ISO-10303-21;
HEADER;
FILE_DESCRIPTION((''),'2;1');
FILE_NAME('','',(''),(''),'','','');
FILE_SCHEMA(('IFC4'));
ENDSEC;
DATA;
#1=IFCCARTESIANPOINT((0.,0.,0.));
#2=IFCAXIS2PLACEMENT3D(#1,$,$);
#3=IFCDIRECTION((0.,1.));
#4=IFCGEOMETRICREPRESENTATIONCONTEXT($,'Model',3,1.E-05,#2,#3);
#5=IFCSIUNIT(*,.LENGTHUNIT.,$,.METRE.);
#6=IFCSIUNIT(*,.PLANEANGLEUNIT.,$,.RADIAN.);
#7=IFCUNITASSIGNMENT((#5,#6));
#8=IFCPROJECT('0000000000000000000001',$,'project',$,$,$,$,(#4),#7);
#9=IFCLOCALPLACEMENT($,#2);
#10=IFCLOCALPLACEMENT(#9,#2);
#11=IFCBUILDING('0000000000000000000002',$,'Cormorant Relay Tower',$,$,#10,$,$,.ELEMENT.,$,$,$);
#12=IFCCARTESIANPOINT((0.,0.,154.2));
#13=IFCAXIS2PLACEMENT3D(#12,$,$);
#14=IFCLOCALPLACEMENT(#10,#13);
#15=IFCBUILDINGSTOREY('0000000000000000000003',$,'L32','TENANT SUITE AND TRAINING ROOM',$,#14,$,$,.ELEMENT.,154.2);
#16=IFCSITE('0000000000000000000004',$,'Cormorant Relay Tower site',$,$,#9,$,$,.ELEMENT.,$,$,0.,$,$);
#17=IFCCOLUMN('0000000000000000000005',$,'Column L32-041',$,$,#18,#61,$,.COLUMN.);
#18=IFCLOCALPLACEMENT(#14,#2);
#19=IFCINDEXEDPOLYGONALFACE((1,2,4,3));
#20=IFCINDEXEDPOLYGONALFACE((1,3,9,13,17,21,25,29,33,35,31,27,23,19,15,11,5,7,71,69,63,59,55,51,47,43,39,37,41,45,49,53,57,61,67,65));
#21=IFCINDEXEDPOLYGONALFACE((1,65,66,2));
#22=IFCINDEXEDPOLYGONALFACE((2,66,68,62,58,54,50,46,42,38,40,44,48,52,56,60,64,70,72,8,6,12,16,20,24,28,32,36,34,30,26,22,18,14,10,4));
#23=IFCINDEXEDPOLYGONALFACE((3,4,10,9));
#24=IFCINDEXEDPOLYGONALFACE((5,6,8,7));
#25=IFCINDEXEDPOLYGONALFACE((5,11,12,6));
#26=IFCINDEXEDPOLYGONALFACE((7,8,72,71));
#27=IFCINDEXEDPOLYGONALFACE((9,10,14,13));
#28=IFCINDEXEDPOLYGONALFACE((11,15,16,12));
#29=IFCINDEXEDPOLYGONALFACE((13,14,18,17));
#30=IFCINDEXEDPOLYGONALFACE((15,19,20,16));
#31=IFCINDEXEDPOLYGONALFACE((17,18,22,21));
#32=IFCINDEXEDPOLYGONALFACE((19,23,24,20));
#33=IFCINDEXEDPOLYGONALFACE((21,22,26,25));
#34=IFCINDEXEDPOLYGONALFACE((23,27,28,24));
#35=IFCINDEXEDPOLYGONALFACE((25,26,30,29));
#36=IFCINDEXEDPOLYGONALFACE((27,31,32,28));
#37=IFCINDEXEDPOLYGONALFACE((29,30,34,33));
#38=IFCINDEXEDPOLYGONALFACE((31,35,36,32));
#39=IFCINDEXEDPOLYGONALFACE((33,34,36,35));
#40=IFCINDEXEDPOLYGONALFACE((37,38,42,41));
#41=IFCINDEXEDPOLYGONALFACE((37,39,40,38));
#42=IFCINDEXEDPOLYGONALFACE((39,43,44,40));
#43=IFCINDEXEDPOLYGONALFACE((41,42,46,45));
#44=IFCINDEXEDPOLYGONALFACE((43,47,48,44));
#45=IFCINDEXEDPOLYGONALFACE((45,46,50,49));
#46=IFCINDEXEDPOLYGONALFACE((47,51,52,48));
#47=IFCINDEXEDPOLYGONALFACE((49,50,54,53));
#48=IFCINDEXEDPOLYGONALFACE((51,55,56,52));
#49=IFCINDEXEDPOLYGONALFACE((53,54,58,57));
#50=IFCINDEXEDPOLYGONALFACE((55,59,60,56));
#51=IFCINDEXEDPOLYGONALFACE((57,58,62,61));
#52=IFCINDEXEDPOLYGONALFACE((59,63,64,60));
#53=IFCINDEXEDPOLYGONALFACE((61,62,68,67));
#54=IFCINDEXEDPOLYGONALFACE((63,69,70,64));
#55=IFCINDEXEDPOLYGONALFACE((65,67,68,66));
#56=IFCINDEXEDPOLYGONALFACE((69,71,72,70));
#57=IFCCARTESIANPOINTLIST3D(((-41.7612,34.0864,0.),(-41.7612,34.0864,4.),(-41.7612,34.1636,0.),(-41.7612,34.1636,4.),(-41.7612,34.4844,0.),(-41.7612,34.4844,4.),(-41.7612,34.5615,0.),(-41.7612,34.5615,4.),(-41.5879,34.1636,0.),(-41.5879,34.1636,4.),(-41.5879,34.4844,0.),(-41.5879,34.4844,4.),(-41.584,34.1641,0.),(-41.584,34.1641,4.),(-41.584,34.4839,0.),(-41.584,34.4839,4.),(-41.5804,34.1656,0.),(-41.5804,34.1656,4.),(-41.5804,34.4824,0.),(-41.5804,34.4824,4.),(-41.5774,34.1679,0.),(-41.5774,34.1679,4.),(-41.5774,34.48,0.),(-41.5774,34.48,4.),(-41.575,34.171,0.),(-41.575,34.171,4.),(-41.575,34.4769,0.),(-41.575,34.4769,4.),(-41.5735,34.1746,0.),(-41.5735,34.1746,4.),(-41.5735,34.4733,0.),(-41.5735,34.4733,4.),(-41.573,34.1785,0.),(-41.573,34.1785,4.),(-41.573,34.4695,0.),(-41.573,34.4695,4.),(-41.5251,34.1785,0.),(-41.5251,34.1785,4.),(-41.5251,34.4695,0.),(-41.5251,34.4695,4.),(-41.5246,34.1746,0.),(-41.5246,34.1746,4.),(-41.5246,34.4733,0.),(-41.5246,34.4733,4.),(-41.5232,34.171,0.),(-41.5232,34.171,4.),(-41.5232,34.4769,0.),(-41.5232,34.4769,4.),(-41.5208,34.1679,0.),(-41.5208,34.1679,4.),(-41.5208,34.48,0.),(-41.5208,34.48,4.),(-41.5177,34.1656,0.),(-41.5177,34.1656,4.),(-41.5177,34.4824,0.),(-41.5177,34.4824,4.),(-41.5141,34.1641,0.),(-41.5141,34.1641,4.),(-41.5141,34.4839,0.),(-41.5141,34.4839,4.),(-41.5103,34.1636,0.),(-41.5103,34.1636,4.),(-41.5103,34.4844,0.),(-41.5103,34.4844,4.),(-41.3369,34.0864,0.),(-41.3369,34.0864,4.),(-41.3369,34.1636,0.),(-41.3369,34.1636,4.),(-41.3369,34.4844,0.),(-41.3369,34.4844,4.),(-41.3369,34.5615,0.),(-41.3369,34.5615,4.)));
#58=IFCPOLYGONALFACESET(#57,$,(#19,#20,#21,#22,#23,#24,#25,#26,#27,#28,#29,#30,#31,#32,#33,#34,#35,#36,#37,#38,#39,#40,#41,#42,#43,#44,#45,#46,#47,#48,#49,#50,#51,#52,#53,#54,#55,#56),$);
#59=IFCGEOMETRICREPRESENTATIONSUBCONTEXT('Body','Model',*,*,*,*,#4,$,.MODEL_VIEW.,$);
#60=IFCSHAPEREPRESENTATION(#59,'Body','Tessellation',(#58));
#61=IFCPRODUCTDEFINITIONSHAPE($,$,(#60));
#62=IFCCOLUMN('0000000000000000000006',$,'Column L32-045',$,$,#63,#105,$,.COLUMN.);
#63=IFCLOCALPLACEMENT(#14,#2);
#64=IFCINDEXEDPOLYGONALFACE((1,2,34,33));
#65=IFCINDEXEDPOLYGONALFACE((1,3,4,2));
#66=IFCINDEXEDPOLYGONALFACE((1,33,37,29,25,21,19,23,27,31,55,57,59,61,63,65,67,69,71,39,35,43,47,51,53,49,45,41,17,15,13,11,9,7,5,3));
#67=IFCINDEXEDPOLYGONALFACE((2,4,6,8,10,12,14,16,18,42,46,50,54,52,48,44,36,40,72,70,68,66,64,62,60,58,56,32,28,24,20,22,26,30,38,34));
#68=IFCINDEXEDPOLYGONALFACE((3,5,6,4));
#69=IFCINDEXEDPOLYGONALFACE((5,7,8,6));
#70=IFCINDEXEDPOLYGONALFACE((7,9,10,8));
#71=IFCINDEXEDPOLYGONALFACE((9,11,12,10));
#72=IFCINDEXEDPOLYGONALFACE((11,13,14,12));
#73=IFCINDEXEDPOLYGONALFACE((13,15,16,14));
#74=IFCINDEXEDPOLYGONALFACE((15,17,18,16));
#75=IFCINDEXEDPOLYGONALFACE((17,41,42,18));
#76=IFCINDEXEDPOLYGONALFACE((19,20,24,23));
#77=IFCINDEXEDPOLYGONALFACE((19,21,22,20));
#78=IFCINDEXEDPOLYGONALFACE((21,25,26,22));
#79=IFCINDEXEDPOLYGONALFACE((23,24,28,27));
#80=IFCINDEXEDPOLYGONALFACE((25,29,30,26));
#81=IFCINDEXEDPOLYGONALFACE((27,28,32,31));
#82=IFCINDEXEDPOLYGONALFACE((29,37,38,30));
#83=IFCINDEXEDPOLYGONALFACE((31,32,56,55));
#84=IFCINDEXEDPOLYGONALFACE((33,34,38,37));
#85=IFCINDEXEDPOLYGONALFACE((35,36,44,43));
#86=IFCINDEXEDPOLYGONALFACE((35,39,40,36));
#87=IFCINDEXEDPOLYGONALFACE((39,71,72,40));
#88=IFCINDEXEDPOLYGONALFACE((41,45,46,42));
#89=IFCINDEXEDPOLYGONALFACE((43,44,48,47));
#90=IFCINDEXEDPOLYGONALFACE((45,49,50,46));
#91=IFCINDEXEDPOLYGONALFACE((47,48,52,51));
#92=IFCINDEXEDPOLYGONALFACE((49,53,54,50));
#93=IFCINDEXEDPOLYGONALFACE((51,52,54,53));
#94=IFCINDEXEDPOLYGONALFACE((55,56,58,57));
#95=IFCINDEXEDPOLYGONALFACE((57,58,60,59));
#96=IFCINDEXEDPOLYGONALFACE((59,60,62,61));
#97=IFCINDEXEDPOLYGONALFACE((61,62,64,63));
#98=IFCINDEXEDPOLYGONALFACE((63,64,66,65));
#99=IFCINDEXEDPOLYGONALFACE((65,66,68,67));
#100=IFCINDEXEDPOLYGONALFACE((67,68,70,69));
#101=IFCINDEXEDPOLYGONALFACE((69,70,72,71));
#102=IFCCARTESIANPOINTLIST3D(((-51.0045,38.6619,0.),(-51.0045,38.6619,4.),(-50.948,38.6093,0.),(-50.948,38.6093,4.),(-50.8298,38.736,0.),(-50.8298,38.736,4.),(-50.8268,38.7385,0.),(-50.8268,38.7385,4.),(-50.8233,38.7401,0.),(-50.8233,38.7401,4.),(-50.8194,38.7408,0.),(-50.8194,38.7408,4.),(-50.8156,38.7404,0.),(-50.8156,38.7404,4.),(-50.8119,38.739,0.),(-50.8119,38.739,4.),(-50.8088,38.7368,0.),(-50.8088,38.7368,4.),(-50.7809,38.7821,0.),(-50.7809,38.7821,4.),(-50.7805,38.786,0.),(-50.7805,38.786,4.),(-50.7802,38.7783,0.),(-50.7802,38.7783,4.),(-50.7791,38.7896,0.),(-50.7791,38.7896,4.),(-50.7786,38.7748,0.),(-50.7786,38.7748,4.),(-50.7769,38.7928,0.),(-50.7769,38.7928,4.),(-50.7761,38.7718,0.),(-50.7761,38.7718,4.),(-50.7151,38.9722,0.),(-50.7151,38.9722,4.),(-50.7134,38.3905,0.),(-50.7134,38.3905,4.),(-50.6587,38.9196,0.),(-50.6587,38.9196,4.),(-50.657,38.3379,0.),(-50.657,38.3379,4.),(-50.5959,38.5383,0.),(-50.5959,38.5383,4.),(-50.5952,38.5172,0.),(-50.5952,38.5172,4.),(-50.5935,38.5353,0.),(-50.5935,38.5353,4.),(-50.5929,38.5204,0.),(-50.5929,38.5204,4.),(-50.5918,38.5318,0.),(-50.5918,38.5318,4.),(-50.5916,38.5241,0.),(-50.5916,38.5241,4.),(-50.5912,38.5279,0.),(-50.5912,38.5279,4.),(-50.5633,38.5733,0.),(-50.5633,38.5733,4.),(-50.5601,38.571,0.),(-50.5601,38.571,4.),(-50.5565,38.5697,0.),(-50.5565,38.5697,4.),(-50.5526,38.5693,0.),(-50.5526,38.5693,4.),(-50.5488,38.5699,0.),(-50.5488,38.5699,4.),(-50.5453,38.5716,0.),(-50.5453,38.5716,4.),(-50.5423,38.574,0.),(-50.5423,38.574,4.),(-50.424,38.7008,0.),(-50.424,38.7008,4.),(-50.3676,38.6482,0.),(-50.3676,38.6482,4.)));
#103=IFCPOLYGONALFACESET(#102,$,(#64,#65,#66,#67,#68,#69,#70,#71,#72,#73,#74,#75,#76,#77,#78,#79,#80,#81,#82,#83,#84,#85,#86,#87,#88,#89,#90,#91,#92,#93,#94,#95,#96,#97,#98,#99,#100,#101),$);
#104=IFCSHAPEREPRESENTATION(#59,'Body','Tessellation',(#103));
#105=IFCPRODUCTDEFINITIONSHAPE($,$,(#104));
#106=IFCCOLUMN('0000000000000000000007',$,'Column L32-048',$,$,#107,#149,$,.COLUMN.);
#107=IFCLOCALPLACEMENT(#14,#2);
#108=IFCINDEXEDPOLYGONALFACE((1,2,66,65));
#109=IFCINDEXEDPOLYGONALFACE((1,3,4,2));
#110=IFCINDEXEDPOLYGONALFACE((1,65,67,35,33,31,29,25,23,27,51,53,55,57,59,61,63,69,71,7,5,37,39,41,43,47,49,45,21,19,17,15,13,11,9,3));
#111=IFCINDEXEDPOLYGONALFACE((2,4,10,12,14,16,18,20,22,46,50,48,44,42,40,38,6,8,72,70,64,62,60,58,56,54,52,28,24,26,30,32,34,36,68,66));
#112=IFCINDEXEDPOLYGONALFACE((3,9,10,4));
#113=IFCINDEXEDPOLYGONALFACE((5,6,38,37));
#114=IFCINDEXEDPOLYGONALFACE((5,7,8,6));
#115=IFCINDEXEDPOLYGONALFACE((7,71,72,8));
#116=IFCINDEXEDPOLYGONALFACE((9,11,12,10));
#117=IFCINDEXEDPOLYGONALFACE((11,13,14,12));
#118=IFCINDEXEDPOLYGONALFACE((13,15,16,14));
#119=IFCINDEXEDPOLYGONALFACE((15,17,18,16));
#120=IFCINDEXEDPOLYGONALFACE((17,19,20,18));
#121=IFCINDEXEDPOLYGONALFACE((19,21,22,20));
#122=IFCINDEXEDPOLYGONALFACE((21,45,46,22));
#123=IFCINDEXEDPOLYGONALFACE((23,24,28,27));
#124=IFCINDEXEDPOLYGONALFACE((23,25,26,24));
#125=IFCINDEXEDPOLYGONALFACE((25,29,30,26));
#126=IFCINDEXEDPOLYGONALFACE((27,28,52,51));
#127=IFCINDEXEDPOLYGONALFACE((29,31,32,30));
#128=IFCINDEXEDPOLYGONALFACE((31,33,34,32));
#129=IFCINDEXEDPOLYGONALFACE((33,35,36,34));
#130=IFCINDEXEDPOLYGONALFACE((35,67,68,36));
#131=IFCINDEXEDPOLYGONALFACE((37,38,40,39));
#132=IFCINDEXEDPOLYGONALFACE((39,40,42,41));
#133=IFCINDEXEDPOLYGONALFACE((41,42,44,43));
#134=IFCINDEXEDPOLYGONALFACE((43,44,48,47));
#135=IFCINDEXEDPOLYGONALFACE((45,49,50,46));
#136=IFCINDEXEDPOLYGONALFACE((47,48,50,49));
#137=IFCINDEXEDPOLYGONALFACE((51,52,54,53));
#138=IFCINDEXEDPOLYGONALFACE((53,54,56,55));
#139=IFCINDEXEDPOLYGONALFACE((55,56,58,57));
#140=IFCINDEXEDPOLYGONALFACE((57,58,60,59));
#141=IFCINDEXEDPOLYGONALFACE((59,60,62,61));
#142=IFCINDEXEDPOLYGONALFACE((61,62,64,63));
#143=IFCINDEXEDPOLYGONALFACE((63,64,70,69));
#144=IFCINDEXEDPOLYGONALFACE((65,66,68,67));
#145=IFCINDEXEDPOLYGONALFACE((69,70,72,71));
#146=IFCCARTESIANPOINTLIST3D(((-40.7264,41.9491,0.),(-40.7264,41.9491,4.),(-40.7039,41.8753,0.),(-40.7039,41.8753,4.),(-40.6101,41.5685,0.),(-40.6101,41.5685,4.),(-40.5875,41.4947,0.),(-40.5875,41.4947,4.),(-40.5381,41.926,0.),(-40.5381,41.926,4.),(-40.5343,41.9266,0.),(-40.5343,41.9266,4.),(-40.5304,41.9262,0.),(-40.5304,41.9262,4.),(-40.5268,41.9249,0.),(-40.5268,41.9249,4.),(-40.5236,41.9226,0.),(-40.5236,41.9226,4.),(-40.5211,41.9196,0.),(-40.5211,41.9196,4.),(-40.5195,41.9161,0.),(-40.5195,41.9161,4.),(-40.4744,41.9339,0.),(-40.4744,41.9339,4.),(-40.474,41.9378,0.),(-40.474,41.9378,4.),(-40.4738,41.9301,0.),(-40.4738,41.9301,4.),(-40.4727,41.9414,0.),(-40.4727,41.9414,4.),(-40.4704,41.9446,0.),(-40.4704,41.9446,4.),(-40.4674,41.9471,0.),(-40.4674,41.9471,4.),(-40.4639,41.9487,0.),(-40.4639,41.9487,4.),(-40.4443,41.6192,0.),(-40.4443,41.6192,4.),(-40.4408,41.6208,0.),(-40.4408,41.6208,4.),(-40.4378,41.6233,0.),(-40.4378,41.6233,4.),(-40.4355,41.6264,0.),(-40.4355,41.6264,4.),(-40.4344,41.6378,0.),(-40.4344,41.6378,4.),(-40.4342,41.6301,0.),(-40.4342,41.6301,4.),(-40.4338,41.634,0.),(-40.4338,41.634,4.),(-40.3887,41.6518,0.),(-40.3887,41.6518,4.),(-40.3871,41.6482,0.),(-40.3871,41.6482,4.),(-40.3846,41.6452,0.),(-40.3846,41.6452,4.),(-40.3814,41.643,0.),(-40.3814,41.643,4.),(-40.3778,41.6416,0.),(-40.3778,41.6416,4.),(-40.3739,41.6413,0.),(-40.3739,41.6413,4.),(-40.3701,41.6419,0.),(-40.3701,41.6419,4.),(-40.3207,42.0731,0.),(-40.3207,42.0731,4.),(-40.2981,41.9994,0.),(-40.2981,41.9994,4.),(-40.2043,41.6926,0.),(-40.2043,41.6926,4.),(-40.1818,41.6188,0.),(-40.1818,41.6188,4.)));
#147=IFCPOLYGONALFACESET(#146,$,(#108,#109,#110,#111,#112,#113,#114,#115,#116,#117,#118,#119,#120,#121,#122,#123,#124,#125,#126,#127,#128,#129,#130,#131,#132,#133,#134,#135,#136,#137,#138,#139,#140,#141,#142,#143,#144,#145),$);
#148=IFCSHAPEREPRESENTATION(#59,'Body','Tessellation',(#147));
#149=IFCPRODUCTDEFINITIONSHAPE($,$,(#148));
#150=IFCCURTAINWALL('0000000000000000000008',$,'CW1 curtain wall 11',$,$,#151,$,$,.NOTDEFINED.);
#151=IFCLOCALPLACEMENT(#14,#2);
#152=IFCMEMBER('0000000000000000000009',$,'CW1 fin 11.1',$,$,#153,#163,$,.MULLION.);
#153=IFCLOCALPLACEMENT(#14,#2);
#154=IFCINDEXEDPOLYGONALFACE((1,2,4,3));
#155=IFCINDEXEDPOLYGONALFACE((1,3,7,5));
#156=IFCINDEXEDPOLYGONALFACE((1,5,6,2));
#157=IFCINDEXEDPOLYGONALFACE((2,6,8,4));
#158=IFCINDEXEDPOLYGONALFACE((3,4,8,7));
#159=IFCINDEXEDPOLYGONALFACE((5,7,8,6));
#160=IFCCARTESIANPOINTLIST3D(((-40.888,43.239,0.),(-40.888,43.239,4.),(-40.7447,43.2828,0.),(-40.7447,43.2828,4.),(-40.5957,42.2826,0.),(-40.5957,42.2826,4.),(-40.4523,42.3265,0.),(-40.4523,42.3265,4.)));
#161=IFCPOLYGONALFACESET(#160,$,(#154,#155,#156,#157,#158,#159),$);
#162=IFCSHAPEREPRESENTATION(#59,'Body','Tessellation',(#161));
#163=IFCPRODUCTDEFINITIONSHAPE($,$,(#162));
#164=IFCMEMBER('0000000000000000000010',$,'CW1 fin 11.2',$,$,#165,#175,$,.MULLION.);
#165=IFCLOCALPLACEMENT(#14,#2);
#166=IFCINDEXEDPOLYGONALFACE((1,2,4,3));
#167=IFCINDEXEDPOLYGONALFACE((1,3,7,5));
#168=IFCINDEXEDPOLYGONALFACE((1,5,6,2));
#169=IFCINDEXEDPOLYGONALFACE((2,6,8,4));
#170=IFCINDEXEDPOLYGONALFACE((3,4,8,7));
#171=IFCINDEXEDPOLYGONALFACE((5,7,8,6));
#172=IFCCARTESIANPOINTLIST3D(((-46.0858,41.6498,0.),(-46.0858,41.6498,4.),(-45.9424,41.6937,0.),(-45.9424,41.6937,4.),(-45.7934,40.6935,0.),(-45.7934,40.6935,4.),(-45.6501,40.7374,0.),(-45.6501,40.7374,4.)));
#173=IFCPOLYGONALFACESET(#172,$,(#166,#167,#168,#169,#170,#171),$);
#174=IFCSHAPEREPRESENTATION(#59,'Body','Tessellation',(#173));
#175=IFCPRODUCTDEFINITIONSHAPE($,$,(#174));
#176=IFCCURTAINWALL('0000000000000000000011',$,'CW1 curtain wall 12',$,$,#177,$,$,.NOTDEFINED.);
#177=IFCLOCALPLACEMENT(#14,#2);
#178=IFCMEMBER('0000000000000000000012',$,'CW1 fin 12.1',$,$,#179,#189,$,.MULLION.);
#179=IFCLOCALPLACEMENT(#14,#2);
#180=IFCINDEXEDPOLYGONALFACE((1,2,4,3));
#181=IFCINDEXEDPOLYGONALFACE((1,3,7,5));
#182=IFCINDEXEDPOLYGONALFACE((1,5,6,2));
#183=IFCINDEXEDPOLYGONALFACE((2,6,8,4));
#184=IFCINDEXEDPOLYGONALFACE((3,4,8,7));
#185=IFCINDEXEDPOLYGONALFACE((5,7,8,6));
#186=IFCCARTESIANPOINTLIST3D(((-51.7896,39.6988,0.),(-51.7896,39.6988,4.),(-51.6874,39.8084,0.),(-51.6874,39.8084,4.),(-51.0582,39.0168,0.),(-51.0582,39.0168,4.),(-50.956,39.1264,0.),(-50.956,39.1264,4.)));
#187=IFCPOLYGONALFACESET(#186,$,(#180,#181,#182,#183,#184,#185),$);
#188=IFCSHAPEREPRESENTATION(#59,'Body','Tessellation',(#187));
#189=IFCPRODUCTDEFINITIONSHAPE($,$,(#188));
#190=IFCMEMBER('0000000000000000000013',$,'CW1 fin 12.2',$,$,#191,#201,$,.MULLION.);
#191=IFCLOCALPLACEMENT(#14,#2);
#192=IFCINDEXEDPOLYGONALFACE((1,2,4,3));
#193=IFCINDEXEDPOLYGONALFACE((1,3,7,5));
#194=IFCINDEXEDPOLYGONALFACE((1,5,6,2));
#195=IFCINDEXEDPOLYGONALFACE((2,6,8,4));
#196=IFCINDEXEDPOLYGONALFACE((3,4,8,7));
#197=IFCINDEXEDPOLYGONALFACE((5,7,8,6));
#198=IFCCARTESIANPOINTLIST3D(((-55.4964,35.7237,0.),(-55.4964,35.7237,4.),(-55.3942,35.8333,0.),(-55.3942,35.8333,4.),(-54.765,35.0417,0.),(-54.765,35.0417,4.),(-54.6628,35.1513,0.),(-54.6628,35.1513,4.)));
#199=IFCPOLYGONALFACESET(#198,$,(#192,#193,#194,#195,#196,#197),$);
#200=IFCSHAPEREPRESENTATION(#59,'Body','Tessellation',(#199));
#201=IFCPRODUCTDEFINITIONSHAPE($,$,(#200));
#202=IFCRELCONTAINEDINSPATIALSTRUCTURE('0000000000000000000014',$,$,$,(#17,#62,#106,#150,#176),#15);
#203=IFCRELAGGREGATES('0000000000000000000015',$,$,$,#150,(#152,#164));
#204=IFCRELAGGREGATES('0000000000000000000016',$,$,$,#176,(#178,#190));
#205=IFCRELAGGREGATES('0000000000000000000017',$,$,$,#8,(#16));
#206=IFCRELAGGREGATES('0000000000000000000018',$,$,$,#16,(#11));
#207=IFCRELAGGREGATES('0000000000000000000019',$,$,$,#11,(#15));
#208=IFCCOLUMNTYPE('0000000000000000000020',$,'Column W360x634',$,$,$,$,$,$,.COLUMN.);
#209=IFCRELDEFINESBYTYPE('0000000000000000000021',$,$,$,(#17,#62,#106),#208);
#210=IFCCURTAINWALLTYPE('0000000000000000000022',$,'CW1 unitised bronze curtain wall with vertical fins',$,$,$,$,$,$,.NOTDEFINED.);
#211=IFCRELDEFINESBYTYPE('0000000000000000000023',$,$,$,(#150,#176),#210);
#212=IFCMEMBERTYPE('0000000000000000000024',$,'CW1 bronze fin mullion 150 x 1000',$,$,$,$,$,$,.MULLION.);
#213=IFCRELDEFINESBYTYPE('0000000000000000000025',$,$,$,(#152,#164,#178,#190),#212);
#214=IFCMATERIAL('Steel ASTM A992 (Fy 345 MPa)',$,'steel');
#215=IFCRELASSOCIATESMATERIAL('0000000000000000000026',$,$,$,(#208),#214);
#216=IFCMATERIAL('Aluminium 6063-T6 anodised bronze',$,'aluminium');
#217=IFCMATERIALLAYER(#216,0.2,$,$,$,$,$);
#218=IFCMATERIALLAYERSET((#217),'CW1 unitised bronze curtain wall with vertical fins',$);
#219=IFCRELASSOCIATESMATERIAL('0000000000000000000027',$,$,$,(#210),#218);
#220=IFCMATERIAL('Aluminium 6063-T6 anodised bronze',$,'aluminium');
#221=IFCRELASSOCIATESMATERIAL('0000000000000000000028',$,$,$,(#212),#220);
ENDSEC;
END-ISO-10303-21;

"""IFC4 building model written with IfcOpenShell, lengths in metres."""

from ifc_helpers import new_model, si_unit, direction, frame, origin, origin_2d, place, context, subcontext, project, spatial, rectangle, i_section, extrude, material, layer, layer_set, material_profile, profile_set, type_object, element, aggregate, save


model = new_model("IFC4")

# Units and contexts
model_context = context("Model", 3, precision=1e-05, world=origin(), true_north=direction((0.0, 1.0)))
body_context = subcontext(model_context, "Body", "Model", "MODEL_VIEW")
ifc_project = project(units=[si_unit("LENGTHUNIT", "METRE"), si_unit("PLANEANGLEUNIT", "RADIAN")], contexts=[model_context])

# Site, building, storey
site_placement = place(None, origin())
site = spatial("IfcSite", under=ifc_project, at=site_placement, Name="Cormorant Relay Tower site", CompositionType="ELEMENT", RefElevation=0.0)
building_placement = place(site_placement, origin())
building = spatial("IfcBuilding", under=site, at=building_placement, Name="Cormorant Relay Tower", CompositionType="ELEMENT")
storey_placement = place(building_placement, frame((0.0, 0.0, 154.2)))
storey = spatial("IfcBuildingStorey", under=building, at=storey_placement, Name="L32", Description="TENANT SUITE AND TRAINING ROOM", CompositionType="ELEMENT", Elevation=154.2)

# Columns
ifc_material_1 = material(Name="Steel ASTM A992 (Fy 345 MPa)", Category="steel")
ifc_material_profile_1 = material_profile(ifc_material_1, i_section(OverallWidth=0.4243, OverallDepth=0.4751, WebThickness=0.0479, FlangeThickness=0.0771, FilletRadius=0.0149, at=origin_2d()), Name="W360x634")
ifc_profile_set_1 = profile_set([ifc_material_profile_1], Name="Steel ASTM A992 (Fy 345 MPa)")
column_type = type_object("IfcColumnType", Name="Column W360x634", PredefinedType="COLUMN", material=ifc_profile_set_1)
for number, where, z_axis, x_axis, name in (
    (1, (-41.5491, 34.324, 0.0), (0.0, 0.0, 1.0), (1.0, 0.0, 0.0), "Column L32-041"),
    (2, (-50.686, 38.655, 0.0), (0.0, 0.0, 1.0), (-0.681998, -0.731354, 0.0), "Column L32-045"),
    (3, (-40.4541, 41.7839, 0.0), (0.0, 0.0, 1.0), (-0.956305, -0.292372, 0.0), "Column L32-048"),
):
    element("IfcColumn", number, at=place(storey_placement, frame(where, z_axis=z_axis, x_axis=x_axis)), inside=storey, type_object=column_type, Name=name, PredefinedType="COLUMN", context=body_context, shape_type="SweptSolid", body=[
        extrude(i_section(OverallWidth=0.4243, OverallDepth=0.4751, WebThickness=0.0479, FlangeThickness=0.0771, FilletRadius=0.0149, at=origin_2d()), origin(), (0.0, 0.0, 1.0), 4.0),
    ])

# Curtain walls, members
ifc_material_2 = material(Name="Aluminium 6063-T6 anodised bronze", Category="aluminium")
ifc_layer_1 = layer(ifc_material_2, 0.2)
ifc_layer_set_1 = layer_set([ifc_layer_1], Name="CW1 unitised bronze curtain wall with vertical fins")
curtain_wall_type = type_object("IfcCurtainWallType", Name="CW1 unitised bronze curtain wall with vertical fins", PredefinedType="NOTDEFINED", material=ifc_layer_set_1)
curtain_wall_1_placement = place(storey_placement, origin())
curtain_wall_1 = element("IfcCurtainWall", 4, at=curtain_wall_1_placement, inside=storey, type_object=curtain_wall_type, Name="CW1 curtain wall 11", PredefinedType="NOTDEFINED")
ifc_material_3 = material(Name="Aluminium 6063-T6 anodised bronze", Category="aluminium")
ifc_material_profile_2 = material_profile(ifc_material_3, rectangle(XDim=0.1499, YDim=1.0, at=origin_2d()), Name="AL 150x1000")
ifc_profile_set_2 = profile_set([ifc_material_profile_2], Name="Aluminium 6063-T6 anodised bronze")
member_type_1 = type_object("IfcMemberType", Name="CW1 bronze fin mullion 150 x 1000", PredefinedType="MULLION", material=ifc_profile_set_2)
member_1_placement = place(storey_placement, frame((-40.6702, 42.7827, 0.0), z_axis=(0.0, 0.0, 1.0), x_axis=(-0.956305, -0.292372, 0.0)))
member_1 = element("IfcMember", 5, at=member_1_placement, type_object=member_type_1, Name="CW1 fin 11.1", PredefinedType="MULLION", context=body_context, shape_type="SweptSolid", body=[
    extrude(rectangle(XDim=0.1499, YDim=1.0, at=origin_2d()), origin(), (0.0, 0.0, 1.0), 4.0),
])
member_2_placement = place(storey_placement, frame((-45.8679, 41.1936, 0.0), z_axis=(0.0, 0.0, 1.0), x_axis=(-0.956305, -0.292372, 0.0)))
member_2 = element("IfcMember", 6, at=member_2_placement, type_object=member_type_1, Name="CW1 fin 11.2", PredefinedType="MULLION", context=body_context, shape_type="SweptSolid", body=[
    extrude(rectangle(XDim=0.1499, YDim=1.0, at=origin_2d()), origin(), (0.0, 0.0, 1.0), 4.0),
])
curtain_wall_2_placement = place(storey_placement, origin())
curtain_wall_2 = element("IfcCurtainWall", 7, at=curtain_wall_2_placement, inside=storey, type_object=curtain_wall_type, Name="CW1 curtain wall 12", PredefinedType="NOTDEFINED")
member_3_placement = place(storey_placement, frame((-51.3728, 39.4126, 0.0), z_axis=(0.0, 0.0, 1.0), x_axis=(-0.681998, -0.731354, 0.0)))
member_3 = element("IfcMember", 8, at=member_3_placement, type_object=member_type_1, Name="CW1 fin 12.1", PredefinedType="MULLION", context=body_context, shape_type="SweptSolid", body=[
    extrude(rectangle(XDim=0.1499, YDim=1.0, at=origin_2d()), origin(), (0.0, 0.0, 1.0), 4.0),
])
member_4_placement = place(storey_placement, frame((-55.0796, 35.4375, 0.0), z_axis=(0.0, 0.0, 1.0), x_axis=(-0.681998, -0.731354, 0.0)))
member_4 = element("IfcMember", 9, at=member_4_placement, type_object=member_type_1, Name="CW1 fin 12.2", PredefinedType="MULLION", context=body_context, shape_type="SweptSolid", body=[
    extrude(rectangle(XDim=0.1499, YDim=1.0, at=origin_2d()), origin(), (0.0, 0.0, 1.0), 4.0),
])

aggregate(curtain_wall_1, [member_1, member_2])
aggregate(curtain_wall_2, [member_3, member_4])

save(model, "model.ifc")
